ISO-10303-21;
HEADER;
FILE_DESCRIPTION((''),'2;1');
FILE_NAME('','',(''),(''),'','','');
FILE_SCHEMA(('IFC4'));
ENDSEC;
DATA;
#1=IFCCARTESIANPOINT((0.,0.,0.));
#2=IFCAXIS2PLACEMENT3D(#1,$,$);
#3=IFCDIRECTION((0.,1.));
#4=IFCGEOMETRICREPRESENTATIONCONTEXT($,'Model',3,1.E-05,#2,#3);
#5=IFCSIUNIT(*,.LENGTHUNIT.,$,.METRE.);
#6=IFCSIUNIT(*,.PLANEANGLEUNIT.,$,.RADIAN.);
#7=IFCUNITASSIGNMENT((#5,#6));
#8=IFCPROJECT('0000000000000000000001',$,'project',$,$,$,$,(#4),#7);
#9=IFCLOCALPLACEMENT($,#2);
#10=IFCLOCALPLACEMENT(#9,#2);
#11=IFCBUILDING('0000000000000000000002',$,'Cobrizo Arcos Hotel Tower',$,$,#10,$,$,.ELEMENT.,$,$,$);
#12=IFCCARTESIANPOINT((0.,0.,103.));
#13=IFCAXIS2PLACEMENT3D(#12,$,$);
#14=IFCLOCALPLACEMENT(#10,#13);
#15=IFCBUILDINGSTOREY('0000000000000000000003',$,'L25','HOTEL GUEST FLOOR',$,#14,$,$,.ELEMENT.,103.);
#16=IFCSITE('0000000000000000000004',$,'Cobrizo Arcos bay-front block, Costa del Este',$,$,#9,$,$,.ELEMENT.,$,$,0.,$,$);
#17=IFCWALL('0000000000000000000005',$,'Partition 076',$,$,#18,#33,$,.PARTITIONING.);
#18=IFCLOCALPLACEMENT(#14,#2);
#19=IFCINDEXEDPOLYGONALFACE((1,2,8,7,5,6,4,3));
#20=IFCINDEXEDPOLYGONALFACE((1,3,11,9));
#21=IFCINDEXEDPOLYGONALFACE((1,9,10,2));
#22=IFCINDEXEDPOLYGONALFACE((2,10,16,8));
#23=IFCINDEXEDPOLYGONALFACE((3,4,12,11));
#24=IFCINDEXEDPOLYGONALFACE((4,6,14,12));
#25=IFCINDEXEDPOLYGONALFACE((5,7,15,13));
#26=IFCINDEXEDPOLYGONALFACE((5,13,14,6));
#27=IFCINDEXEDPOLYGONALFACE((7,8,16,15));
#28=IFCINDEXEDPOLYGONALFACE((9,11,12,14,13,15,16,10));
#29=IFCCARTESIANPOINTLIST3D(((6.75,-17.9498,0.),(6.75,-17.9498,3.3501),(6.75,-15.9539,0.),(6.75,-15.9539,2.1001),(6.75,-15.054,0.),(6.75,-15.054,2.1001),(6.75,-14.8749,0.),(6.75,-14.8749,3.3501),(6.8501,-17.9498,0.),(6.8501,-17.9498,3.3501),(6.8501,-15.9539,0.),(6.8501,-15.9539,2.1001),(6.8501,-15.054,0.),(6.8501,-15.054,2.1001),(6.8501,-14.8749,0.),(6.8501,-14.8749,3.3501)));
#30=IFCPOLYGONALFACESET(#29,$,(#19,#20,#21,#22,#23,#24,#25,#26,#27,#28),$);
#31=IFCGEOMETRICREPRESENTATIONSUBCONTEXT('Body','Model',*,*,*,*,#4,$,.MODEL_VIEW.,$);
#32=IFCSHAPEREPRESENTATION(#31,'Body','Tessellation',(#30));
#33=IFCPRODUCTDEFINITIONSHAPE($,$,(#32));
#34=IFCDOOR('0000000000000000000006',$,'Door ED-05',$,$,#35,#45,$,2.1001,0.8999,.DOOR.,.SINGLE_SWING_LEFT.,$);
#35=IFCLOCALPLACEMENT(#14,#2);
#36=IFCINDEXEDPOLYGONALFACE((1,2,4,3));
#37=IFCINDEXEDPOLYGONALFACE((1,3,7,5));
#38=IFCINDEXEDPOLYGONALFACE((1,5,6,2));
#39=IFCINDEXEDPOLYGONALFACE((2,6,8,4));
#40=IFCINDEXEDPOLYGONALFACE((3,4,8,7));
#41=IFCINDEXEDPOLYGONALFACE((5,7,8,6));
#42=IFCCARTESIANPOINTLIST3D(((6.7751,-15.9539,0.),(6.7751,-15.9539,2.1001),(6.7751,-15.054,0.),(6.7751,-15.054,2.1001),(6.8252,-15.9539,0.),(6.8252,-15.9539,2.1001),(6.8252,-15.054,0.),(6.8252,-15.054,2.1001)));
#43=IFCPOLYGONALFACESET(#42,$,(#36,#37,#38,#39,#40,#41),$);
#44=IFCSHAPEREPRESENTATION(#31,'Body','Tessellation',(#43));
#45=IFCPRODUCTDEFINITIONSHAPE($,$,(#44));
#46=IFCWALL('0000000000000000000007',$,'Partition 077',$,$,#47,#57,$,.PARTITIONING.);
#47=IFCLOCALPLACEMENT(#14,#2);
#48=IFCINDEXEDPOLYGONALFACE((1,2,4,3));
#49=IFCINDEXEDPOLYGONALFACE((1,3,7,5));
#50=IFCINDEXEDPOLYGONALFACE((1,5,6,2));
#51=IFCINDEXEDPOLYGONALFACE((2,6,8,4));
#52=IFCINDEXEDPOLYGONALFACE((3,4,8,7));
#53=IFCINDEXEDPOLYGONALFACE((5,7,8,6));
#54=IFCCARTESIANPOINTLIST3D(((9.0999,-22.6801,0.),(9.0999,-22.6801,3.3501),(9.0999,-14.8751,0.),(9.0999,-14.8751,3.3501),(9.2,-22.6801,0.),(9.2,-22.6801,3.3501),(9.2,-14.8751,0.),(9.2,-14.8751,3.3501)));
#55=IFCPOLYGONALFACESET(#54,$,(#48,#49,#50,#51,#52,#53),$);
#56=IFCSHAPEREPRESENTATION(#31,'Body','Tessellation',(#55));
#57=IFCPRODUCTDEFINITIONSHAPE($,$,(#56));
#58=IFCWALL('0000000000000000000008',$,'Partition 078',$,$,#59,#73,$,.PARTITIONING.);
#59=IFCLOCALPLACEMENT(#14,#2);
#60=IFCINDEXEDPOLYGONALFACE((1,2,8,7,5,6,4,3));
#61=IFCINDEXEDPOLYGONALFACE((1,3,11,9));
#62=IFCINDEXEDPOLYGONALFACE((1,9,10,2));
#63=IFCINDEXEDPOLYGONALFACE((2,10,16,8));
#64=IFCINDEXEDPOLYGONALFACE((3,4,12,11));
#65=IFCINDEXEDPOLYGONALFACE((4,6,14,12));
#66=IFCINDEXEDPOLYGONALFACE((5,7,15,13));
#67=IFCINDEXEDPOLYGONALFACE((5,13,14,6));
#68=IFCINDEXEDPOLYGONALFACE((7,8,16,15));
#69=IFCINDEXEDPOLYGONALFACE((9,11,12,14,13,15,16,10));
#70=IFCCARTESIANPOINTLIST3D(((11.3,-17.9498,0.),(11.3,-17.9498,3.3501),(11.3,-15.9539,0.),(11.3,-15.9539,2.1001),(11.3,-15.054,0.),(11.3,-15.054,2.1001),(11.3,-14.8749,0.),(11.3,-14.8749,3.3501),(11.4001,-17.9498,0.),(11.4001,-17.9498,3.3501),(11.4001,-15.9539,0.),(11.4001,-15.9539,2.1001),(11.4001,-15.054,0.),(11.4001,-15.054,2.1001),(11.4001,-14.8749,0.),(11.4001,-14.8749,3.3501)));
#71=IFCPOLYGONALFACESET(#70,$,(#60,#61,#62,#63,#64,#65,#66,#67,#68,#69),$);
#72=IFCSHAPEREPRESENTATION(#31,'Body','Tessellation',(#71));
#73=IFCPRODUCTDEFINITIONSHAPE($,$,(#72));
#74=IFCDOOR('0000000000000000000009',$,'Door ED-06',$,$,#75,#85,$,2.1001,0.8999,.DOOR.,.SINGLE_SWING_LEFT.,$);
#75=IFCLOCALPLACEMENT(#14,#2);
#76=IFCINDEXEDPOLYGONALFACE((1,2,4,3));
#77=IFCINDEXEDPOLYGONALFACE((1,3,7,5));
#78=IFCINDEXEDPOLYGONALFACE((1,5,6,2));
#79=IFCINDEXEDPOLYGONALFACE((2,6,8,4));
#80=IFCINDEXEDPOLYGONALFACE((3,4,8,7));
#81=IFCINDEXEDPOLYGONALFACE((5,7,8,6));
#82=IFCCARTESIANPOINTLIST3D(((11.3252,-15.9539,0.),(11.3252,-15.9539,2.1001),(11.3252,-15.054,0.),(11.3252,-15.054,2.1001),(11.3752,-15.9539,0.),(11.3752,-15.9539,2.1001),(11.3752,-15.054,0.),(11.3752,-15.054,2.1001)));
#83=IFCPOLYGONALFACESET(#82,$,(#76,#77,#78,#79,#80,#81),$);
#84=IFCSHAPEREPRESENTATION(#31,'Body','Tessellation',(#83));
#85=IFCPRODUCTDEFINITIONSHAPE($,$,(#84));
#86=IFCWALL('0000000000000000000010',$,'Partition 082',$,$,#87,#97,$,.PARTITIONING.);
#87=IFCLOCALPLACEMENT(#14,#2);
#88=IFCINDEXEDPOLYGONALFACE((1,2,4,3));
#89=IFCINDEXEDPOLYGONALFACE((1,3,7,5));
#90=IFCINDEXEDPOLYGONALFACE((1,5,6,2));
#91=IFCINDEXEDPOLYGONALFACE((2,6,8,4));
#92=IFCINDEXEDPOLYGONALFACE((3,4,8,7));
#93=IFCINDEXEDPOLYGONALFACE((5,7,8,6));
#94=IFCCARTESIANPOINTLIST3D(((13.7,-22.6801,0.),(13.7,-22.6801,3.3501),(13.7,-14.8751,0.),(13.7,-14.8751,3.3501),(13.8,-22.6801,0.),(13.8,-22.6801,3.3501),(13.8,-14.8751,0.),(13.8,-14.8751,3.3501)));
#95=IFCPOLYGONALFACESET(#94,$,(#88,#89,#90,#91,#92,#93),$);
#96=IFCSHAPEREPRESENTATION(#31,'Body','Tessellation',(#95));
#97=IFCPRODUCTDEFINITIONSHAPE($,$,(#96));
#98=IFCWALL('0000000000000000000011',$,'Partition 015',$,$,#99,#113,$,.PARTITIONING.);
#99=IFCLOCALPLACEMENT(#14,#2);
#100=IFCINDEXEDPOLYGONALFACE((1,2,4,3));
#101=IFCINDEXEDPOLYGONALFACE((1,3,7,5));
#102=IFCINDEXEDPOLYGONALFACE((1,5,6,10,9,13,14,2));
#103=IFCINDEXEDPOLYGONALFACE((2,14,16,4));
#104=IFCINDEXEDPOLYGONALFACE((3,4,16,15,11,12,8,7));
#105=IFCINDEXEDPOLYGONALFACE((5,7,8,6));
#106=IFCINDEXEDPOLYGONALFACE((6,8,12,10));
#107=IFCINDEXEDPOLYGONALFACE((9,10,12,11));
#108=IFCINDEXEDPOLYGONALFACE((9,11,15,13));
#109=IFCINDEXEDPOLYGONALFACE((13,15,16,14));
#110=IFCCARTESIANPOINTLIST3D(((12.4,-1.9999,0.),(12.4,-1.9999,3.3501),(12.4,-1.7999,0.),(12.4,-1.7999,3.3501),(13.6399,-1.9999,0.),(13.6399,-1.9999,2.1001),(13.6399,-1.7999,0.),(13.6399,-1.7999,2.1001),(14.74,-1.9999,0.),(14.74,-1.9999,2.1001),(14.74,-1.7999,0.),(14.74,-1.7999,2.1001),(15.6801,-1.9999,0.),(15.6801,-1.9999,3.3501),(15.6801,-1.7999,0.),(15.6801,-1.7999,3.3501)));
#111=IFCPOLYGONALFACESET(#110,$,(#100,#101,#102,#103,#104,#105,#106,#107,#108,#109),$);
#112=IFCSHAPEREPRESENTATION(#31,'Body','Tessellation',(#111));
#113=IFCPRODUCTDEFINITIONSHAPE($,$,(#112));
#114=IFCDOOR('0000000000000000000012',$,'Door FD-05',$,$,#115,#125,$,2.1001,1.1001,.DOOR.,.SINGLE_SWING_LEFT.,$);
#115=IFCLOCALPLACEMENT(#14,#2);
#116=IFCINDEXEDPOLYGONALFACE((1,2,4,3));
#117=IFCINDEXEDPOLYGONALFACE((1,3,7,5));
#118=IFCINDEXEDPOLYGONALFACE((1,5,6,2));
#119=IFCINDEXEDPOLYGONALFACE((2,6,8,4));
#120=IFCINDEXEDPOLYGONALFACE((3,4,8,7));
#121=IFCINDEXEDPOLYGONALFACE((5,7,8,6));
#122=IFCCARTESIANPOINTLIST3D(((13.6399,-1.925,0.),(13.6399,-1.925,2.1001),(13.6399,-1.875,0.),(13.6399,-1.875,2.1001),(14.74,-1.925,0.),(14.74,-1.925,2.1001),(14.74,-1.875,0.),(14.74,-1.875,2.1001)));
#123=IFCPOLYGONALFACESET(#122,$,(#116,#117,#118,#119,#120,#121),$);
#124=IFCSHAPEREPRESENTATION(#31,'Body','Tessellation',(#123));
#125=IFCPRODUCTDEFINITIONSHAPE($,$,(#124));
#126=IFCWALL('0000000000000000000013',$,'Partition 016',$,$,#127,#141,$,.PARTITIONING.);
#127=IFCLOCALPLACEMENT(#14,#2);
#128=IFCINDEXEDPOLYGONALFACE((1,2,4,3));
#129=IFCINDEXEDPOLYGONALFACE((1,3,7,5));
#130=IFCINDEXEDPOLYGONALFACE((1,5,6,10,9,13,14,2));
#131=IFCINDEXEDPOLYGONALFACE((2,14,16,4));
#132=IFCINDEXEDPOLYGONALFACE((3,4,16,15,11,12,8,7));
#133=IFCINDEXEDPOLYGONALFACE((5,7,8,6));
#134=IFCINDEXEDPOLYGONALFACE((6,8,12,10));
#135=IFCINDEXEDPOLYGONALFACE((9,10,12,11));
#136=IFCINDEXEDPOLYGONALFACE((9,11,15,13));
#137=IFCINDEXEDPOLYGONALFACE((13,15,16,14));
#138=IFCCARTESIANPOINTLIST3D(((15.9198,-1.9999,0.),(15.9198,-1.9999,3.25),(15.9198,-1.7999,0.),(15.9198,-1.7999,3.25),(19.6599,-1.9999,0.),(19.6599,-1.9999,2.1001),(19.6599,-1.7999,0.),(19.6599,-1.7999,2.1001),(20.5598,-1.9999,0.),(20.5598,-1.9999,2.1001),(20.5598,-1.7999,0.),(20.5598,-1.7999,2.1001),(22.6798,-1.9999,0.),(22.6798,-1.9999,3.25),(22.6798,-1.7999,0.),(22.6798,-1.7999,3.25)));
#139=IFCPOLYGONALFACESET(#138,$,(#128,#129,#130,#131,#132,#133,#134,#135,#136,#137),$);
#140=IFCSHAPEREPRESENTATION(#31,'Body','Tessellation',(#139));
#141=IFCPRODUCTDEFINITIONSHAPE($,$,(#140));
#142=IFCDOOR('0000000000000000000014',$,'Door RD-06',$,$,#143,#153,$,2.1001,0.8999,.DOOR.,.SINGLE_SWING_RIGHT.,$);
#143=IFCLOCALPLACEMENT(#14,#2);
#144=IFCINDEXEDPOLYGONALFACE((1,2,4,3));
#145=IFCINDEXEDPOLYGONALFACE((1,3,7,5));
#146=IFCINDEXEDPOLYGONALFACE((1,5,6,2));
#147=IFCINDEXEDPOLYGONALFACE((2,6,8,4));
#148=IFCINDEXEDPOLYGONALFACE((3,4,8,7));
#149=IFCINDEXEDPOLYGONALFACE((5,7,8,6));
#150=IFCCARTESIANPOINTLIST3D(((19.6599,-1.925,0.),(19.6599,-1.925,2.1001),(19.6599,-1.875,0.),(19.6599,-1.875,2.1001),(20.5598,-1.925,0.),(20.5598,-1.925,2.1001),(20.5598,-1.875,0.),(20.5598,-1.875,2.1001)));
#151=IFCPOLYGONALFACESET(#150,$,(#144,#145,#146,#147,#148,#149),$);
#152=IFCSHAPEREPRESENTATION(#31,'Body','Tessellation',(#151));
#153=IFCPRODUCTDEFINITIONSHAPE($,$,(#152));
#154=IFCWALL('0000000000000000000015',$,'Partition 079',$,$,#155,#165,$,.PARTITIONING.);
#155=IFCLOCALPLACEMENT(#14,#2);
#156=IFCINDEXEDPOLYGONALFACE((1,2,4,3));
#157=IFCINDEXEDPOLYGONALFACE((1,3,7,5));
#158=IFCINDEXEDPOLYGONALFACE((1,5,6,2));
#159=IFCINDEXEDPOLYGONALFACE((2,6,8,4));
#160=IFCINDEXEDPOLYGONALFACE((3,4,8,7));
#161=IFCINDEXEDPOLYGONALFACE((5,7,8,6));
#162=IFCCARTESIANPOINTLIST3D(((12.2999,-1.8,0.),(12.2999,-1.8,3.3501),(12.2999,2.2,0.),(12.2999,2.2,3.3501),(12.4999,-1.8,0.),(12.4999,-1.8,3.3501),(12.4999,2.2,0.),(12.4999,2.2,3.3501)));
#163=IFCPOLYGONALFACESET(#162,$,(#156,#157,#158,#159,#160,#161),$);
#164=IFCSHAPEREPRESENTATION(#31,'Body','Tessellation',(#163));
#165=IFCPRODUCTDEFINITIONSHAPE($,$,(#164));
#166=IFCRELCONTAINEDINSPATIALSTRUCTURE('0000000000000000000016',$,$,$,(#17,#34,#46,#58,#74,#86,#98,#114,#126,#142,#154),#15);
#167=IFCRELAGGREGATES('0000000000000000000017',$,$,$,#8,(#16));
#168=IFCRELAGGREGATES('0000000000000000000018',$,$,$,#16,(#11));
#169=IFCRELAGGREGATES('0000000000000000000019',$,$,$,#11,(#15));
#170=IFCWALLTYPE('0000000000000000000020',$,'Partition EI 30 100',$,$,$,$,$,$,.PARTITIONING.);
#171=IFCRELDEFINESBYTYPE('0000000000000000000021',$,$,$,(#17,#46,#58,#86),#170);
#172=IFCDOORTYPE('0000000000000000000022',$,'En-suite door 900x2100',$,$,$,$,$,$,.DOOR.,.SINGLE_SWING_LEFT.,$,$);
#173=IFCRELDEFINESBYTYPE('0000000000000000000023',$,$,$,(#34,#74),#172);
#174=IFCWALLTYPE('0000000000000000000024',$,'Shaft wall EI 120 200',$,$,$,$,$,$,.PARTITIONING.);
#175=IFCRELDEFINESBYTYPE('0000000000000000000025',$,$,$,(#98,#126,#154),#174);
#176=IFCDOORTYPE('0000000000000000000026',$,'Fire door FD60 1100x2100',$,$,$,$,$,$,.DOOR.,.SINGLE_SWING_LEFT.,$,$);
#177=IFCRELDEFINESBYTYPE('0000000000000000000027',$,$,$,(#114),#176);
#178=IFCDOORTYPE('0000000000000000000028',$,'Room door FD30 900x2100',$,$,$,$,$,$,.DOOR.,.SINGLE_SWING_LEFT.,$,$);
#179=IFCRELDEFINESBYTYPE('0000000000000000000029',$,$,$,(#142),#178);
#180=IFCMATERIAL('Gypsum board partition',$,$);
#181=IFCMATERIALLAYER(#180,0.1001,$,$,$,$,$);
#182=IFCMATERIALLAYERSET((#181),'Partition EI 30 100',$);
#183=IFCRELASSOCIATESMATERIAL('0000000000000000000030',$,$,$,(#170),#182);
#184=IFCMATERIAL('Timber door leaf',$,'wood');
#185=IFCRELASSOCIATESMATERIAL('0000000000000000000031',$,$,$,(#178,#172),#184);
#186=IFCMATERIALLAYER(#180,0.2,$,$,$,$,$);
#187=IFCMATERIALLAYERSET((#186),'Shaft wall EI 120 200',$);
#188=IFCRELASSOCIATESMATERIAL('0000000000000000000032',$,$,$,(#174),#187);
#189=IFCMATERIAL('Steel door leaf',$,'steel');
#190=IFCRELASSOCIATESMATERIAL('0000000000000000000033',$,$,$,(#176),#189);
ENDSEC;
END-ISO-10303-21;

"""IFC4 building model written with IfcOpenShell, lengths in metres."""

from ifc_helpers import new_model, si_unit, direction, frame, frame_2d, origin, place, context, subcontext, project, spatial, rectangle, extrude, material, layer, layer_set, type_object, element, fill, save


model = new_model("IFC4")

# Units and contexts
model_context = context("Model", 3, precision=1e-05, world=origin(), true_north=direction((0.0, 1.0)))
body_context = subcontext(model_context, "Body", "Model", "MODEL_VIEW")
ifc_project = project(units=[si_unit("LENGTHUNIT", "METRE"), si_unit("PLANEANGLEUNIT", "RADIAN")], contexts=[model_context])

# Site, building, storey
site_placement = place(None, origin())
site = spatial("IfcSite", under=ifc_project, at=site_placement, Name="Cobrizo Arcos bay-front block, Costa del Este", CompositionType="ELEMENT", RefElevation=0.0)
building_placement = place(site_placement, origin())
building = spatial("IfcBuilding", under=site, at=building_placement, Name="Cobrizo Arcos Hotel Tower", CompositionType="ELEMENT")
storey_placement = place(building_placement, frame((0.0, 0.0, 103.0)))
storey = spatial("IfcBuildingStorey", under=building, at=storey_placement, Name="L25", Description="HOTEL GUEST FLOOR", CompositionType="ELEMENT", Elevation=103.0)

# Shared definitions
ifc_material_1 = material(Name="Gypsum board partition")

# Shared definitions
ifc_material_2 = material(Name="Timber door leaf", Category="wood")

# Shared definitions
ifc_layer_1 = layer(ifc_material_1, 0.1001)
ifc_layer_set_1 = layer_set([ifc_layer_1], Name="Partition EI 30 100")
wall_type_1 = type_object("IfcWallType", Name="Partition EI 30 100", PredefinedType="PARTITIONING", material=ifc_layer_set_1)

# Wall, opening, door
door_type_1 = type_object("IfcDoorType", Name="Room door FD30 900x2100", OperationType="SINGLE_SWING_LEFT", PredefinedType="DOOR", material=ifc_material_2)
wall_1_placement = place(storey_placement, frame((6.8, -17.95, 0.0), z_axis=(0.0, 0.0, 1.0), x_axis=(0.0, 1.0, 0.0)))
wall_1 = element("IfcWall", 1, at=wall_1_placement, inside=storey, type_object=wall_type_1, Name="Partition 076", PredefinedType="PARTITIONING", context=body_context, shape_type="SweptSolid", body=[
    extrude(rectangle(XDim=3.075, YDim=0.1001, at=frame_2d((1.5376, 0.0))), origin(), (0.0, 0.0, 1.0), 3.3501),
])
opening_1_placement = place(wall_1_placement, frame((1.9961, 0.0, 0.0)))
opening_1 = element("IfcOpeningElement", 2, at=opening_1_placement, cuts=wall_1, PredefinedType="OPENING", context=body_context, shape_type="SweptSolid", body=[
    extrude(rectangle(XDim=0.8999, YDim=2.1001, at=frame_2d((0.45, 1.05))), frame((0.0, 0.062, 0.0), z_axis=(0.0, -1.0, 0.0), x_axis=(1.0, 0.0, 0.0)), (0.0, 0.0, 1.0), 0.124),
])
door_type_2 = type_object("IfcDoorType", Name="En-suite door 900x2100", OperationType="SINGLE_SWING_LEFT", PredefinedType="DOOR", material=ifc_material_2)
door_1_placement = place(opening_1_placement, origin())
door_1 = element("IfcDoor", 3, at=door_1_placement, inside=storey, type_object=door_type_2, Name="Door ED-05", OperationType="SINGLE_SWING_LEFT", OverallHeight=2.1001, OverallWidth=0.8999, PredefinedType="DOOR", context=body_context, shape_type="SweptSolid", body=[
    extrude(rectangle(XDim=0.8999, YDim=2.1001, at=frame_2d((0.45, 1.05))), frame((0.0, 0.0249, 0.0), z_axis=(0.0, -1.0, 0.0), x_axis=(1.0, 0.0, 0.0)), (0.0, 0.0, 1.0), 0.05),
])
fill(opening_1, door_1)

# Wall
wall_2_placement = place(storey_placement, frame((9.1499, -22.6799, 0.0), z_axis=(0.0, 0.0, 1.0), x_axis=(0.0, 1.0, 0.0)))
element("IfcWall", 4, at=wall_2_placement, inside=storey, type_object=wall_type_1, Name="Partition 077", PredefinedType="PARTITIONING", context=body_context, shape_type="SweptSolid", body=[
    extrude(rectangle(XDim=7.8049, YDim=0.1001, at=frame_2d((3.9023, 0.0))), origin(), (0.0, 0.0, 1.0), 3.3501),
])

# Wall, opening, door
wall_3_placement = place(storey_placement, frame((11.3501, -17.95, 0.0), z_axis=(0.0, 0.0, 1.0), x_axis=(0.0, 1.0, 0.0)))
wall_3 = element("IfcWall", 5, at=wall_3_placement, inside=storey, type_object=wall_type_1, Name="Partition 078", PredefinedType="PARTITIONING", context=body_context, shape_type="SweptSolid", body=[
    extrude(rectangle(XDim=3.075, YDim=0.1001, at=frame_2d((1.5376, 0.0))), origin(), (0.0, 0.0, 1.0), 3.3501),
])
opening_2_placement = place(wall_3_placement, frame((1.9961, 0.0, 0.0)))
opening_2 = element("IfcOpeningElement", 6, at=opening_2_placement, cuts=wall_3, PredefinedType="OPENING", context=body_context, shape_type="SweptSolid", body=[
    extrude(rectangle(XDim=0.8999, YDim=2.1001, at=frame_2d((0.45, 1.05))), frame((0.0, 0.062, 0.0), z_axis=(0.0, -1.0, 0.0), x_axis=(1.0, 0.0, 0.0)), (0.0, 0.0, 1.0), 0.124),
])
door_2_placement = place(opening_2_placement, origin())
door_2 = element("IfcDoor", 7, at=door_2_placement, inside=storey, type_object=door_type_2, Name="Door ED-06", OperationType="SINGLE_SWING_LEFT", OverallHeight=2.1001, OverallWidth=0.8999, PredefinedType="DOOR", context=body_context, shape_type="SweptSolid", body=[
    extrude(rectangle(XDim=0.8999, YDim=2.1001, at=frame_2d((0.45, 1.05))), frame((0.0, 0.0249, 0.0), z_axis=(0.0, -1.0, 0.0), x_axis=(1.0, 0.0, 0.0)), (0.0, 0.0, 1.0), 0.05),
])
fill(opening_2, door_2)

# Wall
wall_4_placement = place(storey_placement, frame((13.75, -22.6799, 0.0), z_axis=(0.0, 0.0, 1.0), x_axis=(0.0, 1.0, 0.0)))
element("IfcWall", 8, at=wall_4_placement, inside=storey, type_object=wall_type_1, Name="Partition 082", PredefinedType="PARTITIONING", context=body_context, shape_type="SweptSolid", body=[
    extrude(rectangle(XDim=7.8049, YDim=0.1001, at=frame_2d((3.9023, 0.0))), origin(), (0.0, 0.0, 1.0), 3.3501),
])

# Walls, openings, doors
ifc_layer_2 = layer(ifc_material_1, 0.2)
ifc_layer_set_2 = layer_set([ifc_layer_2], Name="Shaft wall EI 120 200")
wall_type_2 = type_object("IfcWallType", Name="Shaft wall EI 120 200", PredefinedType="PARTITIONING", material=ifc_layer_set_2)
wall_5_placement = place(storey_placement, frame((12.3999, -1.8999, 0.0), z_axis=(0.0, 0.0, 1.0), x_axis=(1.0, 0.0, 0.0)))
wall_5 = element("IfcWall", 9, at=wall_5_placement, inside=storey, type_object=wall_type_2, Name="Partition 015", PredefinedType="PARTITIONING", context=body_context, shape_type="SweptSolid", body=[
    extrude(rectangle(XDim=3.28, YDim=0.2, at=frame_2d((1.6401, 0.0))), origin(), (0.0, 0.0, 1.0), 3.3501),
])
opening_3_placement = place(wall_5_placement, frame((1.24, 0.0, 0.0)))
opening_3 = element("IfcOpeningElement", 10, at=opening_3_placement, cuts=wall_5, PredefinedType="OPENING", context=body_context, shape_type="SweptSolid", body=[
    extrude(rectangle(XDim=1.1001, YDim=2.1001, at=frame_2d((0.55, 1.05))), frame((0.0, 0.1121, 0.0), z_axis=(0.0, -1.0, 0.0), x_axis=(1.0, 0.0, 0.0)), (0.0, 0.0, 1.0), 0.2239),
])
ifc_material_3 = material(Name="Steel door leaf", Category="steel")
door_type_3 = type_object("IfcDoorType", Name="Fire door FD60 1100x2100", OperationType="SINGLE_SWING_LEFT", PredefinedType="DOOR", material=ifc_material_3)
door_3_placement = place(opening_3_placement, origin())
door_3 = element("IfcDoor", 11, at=door_3_placement, inside=storey, type_object=door_type_3, Name="Door FD-05", OperationType="SINGLE_SWING_LEFT", OverallHeight=2.1001, OverallWidth=1.1001, PredefinedType="DOOR", context=body_context, shape_type="SweptSolid", body=[
    extrude(rectangle(XDim=1.1001, YDim=2.1001, at=frame_2d((0.55, 1.05))), frame((0.0, 0.0249, 0.0), z_axis=(0.0, -1.0, 0.0), x_axis=(1.0, 0.0, 0.0)), (0.0, 0.0, 1.0), 0.05),
])
fill(opening_3, door_3)
wall_6_placement = place(storey_placement, frame((15.9199, -1.8999, 0.0), z_axis=(0.0, 0.0, 1.0), x_axis=(1.0, 0.0, 0.0)))
wall_6 = element("IfcWall", 12, at=wall_6_placement, inside=storey, type_object=wall_type_2, Name="Partition 016", PredefinedType="PARTITIONING", context=body_context, shape_type="SweptSolid", body=[
    extrude(rectangle(XDim=6.76, YDim=0.2, at=frame_2d((3.3799, 0.0))), origin(), (0.0, 0.0, 1.0), 3.25),
])
opening_4_placement = place(wall_6_placement, frame((3.74, 0.0, 0.0)))
opening_4 = element("IfcOpeningElement", 13, at=opening_4_placement, cuts=wall_6, PredefinedType="OPENING", context=body_context, shape_type="SweptSolid", body=[
    extrude(rectangle(XDim=0.8999, YDim=2.1001, at=frame_2d((0.45, 1.05))), frame((0.0, 0.1121, 0.0), z_axis=(0.0, -1.0, 0.0), x_axis=(1.0, 0.0, 0.0)), (0.0, 0.0, 1.0), 0.2239),
])
door_4_placement = place(opening_4_placement, origin())
door_4 = element("IfcDoor", 14, at=door_4_placement, inside=storey, type_object=door_type_1, Name="Door RD-06", OperationType="SINGLE_SWING_RIGHT", OverallHeight=2.1001, OverallWidth=0.8999, PredefinedType="DOOR", context=body_context, shape_type="SweptSolid", body=[
    extrude(rectangle(XDim=0.8999, YDim=2.1001, at=frame_2d((0.45, 1.05))), frame((0.0, 0.0249, 0.0), z_axis=(0.0, -1.0, 0.0), x_axis=(1.0, 0.0, 0.0)), (0.0, 0.0, 1.0), 0.05),
])
fill(opening_4, door_4)

# Wall
wall_7_placement = place(storey_placement, frame((12.3999, -1.8, 0.0), z_axis=(0.0, 0.0, 1.0), x_axis=(0.0, 1.0, 0.0)))
element("IfcWall", 15, at=wall_7_placement, inside=storey, type_object=wall_type_2, Name="Partition 079", PredefinedType="PARTITIONING", context=body_context, shape_type="SweptSolid", body=[
    extrude(rectangle(XDim=4.0, YDim=0.2, at=frame_2d((2.0, 0.0))), origin(), (0.0, 0.0, 1.0), 3.3501),
])

save(model, "model.ifc")
